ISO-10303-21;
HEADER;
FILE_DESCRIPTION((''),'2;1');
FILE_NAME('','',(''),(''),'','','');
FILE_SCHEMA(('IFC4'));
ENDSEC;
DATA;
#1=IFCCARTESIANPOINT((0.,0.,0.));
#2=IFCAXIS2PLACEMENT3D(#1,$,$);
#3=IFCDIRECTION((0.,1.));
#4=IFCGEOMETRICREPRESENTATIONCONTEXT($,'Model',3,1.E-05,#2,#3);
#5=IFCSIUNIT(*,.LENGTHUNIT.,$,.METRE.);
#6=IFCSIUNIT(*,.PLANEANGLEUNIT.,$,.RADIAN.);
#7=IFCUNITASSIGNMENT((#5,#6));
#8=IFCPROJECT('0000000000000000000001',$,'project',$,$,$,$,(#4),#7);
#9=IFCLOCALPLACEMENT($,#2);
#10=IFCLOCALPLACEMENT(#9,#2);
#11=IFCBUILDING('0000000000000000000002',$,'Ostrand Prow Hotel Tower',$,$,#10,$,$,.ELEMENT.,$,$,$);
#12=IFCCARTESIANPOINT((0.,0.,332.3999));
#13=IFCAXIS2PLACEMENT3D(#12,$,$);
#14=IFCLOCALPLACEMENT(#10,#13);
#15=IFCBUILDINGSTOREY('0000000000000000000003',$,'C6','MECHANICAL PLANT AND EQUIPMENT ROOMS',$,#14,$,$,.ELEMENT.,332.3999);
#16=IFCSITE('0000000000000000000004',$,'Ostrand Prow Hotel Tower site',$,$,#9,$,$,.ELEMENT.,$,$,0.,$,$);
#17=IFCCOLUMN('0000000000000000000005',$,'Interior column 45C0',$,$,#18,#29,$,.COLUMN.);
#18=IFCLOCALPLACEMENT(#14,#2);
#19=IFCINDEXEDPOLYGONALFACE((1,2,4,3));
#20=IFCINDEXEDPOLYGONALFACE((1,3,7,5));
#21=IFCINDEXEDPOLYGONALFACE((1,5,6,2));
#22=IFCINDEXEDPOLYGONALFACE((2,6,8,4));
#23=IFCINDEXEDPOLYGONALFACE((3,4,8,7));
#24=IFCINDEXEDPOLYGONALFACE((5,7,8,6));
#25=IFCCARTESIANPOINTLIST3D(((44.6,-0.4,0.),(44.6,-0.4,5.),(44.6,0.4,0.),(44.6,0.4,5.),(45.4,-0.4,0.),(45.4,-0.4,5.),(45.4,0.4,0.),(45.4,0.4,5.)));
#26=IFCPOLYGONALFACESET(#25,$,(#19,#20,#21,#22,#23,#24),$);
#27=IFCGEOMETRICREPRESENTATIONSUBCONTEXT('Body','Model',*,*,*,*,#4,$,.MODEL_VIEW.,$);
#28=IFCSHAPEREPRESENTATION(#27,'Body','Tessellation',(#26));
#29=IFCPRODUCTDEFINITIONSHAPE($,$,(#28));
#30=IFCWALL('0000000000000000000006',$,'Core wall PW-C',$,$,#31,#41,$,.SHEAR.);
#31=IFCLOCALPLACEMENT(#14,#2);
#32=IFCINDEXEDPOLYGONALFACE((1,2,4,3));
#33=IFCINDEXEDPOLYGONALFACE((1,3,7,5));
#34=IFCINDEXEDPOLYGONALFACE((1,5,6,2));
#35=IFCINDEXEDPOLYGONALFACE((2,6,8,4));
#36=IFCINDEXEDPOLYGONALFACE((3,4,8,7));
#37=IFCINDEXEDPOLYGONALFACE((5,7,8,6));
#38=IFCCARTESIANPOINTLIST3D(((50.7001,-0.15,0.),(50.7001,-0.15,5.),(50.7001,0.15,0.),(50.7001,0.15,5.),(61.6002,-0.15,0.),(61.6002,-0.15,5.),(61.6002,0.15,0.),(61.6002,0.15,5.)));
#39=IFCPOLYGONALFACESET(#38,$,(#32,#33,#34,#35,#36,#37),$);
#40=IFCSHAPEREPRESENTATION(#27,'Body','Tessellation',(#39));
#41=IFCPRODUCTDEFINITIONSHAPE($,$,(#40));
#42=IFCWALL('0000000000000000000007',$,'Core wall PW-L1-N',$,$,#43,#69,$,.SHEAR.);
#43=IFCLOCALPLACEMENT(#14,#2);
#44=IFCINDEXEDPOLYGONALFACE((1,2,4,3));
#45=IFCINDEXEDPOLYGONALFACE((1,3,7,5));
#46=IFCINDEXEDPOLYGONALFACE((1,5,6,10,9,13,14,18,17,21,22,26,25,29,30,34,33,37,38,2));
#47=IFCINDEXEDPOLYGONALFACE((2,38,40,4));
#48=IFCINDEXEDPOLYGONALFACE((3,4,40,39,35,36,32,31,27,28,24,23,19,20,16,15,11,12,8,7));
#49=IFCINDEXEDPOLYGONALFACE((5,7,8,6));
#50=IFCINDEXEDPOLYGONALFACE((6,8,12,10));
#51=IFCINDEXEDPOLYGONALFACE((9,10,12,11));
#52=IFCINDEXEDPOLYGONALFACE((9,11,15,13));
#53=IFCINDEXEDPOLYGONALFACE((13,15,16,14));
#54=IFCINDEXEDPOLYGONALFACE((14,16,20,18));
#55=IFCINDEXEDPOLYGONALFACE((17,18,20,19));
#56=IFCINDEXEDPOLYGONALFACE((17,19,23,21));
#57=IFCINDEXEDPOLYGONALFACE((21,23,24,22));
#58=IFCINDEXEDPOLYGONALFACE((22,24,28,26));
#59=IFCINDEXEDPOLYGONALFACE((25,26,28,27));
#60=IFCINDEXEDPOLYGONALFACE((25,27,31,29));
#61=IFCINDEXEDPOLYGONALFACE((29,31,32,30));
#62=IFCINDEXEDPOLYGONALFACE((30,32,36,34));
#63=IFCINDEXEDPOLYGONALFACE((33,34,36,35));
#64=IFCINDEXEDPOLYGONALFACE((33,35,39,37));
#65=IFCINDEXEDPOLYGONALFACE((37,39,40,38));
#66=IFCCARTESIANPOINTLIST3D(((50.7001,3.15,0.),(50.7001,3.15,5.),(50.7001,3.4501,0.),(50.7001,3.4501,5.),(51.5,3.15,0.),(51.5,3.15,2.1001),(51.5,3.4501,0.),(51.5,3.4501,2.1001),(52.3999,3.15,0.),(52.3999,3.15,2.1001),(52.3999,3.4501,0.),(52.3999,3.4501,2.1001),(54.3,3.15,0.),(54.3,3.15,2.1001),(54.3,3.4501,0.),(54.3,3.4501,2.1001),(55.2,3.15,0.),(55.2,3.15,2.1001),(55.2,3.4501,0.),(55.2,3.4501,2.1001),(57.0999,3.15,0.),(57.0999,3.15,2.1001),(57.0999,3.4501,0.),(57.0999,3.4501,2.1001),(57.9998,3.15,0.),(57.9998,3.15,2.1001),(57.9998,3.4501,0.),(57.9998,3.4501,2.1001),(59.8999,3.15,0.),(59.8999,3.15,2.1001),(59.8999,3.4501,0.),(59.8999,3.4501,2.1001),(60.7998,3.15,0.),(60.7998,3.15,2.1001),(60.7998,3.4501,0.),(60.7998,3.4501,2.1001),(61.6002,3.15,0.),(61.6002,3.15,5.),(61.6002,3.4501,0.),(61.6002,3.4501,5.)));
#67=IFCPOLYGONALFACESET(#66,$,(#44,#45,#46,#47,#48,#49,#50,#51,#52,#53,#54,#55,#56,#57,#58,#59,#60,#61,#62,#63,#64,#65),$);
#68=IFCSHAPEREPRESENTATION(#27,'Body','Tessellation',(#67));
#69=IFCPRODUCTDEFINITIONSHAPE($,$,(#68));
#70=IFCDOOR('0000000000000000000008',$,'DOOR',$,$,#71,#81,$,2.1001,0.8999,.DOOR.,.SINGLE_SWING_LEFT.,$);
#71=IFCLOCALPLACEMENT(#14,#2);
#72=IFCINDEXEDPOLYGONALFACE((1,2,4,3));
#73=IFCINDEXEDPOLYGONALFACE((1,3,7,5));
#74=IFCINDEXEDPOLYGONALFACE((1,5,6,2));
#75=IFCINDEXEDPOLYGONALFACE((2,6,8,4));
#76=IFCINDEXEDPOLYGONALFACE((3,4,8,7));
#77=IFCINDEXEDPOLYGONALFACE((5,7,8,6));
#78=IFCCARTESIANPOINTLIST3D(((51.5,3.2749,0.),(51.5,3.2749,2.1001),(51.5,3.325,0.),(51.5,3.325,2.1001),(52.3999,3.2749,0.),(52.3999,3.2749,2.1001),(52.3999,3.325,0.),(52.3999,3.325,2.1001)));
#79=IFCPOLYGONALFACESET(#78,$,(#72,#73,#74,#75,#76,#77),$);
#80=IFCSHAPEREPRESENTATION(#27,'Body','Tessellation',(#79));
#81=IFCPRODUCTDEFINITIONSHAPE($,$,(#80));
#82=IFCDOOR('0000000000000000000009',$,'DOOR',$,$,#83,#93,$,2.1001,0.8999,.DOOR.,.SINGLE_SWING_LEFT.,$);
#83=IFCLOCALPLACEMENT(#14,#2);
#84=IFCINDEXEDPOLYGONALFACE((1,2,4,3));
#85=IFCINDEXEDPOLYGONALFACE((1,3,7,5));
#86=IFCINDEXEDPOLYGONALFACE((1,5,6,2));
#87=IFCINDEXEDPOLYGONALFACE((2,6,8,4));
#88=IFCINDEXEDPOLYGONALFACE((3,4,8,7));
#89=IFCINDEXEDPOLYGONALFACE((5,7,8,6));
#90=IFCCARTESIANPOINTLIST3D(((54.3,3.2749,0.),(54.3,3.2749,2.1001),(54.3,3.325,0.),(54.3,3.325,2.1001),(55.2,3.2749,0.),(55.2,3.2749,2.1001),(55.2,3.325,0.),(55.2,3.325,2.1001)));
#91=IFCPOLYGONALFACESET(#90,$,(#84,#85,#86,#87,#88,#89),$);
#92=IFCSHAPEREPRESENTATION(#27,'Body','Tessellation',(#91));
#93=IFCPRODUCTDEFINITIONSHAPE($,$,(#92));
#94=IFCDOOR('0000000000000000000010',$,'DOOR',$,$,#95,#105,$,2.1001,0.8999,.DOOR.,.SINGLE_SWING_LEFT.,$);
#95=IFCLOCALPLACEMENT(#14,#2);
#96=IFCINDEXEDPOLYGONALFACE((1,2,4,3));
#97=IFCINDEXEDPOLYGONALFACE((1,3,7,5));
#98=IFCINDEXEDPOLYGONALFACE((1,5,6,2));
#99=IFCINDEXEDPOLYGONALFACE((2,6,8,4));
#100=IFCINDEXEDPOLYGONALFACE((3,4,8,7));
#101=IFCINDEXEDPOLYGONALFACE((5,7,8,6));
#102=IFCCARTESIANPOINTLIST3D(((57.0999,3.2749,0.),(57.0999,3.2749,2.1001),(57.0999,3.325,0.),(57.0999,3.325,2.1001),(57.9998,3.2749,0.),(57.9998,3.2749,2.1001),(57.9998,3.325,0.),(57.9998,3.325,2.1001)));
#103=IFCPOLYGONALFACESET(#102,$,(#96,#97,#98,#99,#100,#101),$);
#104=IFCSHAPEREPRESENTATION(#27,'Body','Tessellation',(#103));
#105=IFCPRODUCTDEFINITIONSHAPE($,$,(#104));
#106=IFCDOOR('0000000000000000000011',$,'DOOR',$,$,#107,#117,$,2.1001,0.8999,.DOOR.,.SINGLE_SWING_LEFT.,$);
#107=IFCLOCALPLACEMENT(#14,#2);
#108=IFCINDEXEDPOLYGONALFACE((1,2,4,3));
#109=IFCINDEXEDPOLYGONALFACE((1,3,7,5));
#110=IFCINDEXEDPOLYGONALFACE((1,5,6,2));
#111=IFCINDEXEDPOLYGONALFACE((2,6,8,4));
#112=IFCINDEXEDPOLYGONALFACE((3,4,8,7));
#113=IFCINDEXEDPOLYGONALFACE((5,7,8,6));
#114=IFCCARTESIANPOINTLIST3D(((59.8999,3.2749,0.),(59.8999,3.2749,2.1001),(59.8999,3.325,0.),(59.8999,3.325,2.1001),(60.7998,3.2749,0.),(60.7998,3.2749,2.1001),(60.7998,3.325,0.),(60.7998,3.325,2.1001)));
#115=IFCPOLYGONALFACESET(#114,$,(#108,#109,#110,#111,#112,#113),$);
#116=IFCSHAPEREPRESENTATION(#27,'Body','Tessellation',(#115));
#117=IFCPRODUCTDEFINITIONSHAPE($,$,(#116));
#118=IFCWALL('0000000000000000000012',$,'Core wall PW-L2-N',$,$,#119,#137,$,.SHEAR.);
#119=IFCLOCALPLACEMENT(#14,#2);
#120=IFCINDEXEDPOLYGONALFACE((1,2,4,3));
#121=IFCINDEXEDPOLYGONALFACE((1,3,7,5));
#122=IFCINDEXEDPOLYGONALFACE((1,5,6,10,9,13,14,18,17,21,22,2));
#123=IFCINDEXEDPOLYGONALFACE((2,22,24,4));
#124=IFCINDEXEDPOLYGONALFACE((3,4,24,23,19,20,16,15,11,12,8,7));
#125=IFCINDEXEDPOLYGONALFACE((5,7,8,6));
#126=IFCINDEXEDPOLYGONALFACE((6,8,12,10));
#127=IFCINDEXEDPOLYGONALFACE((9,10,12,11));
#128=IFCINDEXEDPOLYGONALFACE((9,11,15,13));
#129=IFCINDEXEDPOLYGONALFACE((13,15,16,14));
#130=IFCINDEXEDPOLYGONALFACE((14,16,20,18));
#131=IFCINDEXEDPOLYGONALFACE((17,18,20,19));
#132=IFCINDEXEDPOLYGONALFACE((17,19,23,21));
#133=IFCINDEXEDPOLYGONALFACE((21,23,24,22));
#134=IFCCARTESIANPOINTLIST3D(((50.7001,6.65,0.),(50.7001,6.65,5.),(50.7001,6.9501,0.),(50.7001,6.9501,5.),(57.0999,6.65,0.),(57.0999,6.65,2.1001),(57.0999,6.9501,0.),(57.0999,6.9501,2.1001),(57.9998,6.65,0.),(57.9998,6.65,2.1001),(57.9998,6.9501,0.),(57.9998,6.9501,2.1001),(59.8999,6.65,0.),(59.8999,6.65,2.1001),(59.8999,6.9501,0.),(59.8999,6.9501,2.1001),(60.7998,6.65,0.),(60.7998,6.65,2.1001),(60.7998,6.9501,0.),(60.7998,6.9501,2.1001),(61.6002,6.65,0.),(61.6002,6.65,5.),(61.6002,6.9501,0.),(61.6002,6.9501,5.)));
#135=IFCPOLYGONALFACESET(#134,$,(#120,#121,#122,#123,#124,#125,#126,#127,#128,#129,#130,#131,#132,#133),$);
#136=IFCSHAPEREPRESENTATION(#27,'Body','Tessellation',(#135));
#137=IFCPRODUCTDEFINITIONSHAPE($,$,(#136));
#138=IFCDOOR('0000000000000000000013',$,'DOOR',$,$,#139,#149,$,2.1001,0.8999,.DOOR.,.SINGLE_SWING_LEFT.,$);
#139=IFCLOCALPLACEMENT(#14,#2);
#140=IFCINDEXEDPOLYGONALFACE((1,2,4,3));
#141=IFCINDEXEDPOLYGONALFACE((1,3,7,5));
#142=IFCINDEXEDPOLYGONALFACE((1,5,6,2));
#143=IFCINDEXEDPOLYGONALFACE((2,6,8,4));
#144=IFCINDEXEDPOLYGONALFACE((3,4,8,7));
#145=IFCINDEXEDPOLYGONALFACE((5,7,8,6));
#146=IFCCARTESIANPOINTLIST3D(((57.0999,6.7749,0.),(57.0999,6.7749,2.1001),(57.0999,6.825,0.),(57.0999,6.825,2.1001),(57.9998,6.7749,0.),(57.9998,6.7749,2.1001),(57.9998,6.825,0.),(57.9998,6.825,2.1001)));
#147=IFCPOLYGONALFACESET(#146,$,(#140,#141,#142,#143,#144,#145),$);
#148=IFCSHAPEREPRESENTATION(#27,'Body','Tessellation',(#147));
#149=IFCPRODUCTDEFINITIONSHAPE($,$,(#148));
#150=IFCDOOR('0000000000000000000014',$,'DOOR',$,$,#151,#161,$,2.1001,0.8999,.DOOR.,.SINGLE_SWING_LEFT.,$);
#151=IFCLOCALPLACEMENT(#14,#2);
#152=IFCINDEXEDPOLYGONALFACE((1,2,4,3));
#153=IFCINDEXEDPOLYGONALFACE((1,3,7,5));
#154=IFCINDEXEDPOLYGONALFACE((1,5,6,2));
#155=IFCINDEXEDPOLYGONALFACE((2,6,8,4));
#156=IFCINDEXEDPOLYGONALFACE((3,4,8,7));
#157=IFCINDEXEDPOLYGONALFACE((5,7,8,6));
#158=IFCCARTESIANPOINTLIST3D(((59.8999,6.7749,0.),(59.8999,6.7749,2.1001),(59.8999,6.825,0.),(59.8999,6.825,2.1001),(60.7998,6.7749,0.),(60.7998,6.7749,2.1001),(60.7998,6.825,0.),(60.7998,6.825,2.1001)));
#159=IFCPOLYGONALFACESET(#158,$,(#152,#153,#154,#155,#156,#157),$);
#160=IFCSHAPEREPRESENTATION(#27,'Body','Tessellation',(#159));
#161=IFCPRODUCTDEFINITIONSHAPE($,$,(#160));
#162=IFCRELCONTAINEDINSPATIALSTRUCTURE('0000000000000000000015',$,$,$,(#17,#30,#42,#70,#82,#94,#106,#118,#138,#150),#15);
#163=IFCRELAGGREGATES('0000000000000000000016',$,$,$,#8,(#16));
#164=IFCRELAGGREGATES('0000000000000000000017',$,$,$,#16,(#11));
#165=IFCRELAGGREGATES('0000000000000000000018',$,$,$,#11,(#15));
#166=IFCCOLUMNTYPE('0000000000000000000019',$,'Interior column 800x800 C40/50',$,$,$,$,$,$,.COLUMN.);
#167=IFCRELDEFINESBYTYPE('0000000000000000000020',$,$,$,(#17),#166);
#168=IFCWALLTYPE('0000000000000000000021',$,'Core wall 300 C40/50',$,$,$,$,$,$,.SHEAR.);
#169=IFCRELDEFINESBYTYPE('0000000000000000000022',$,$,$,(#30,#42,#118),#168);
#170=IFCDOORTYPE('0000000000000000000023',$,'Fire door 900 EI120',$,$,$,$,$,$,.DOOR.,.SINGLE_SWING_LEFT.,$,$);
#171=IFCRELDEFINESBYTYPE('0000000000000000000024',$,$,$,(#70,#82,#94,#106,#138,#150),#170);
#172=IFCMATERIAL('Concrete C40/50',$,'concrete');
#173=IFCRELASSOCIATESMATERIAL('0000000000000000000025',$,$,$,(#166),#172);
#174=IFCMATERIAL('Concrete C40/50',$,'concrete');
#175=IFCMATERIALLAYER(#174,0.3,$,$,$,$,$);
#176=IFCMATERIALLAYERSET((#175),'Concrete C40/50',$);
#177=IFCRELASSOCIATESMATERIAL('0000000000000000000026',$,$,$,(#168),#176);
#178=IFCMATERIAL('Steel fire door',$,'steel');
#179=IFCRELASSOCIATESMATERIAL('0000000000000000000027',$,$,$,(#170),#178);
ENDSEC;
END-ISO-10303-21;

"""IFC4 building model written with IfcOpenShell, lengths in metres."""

from ifc_helpers import new_model, si_unit, direction, frame, frame_2d, origin, origin_2d, place, context, subcontext, project, spatial, rectangle, extrude, material, layer, layer_set, material_profile, profile_set, type_object, element, fill, save


model = new_model("IFC4")

# Units and contexts
model_context = context("Model", 3, precision=1e-05, world=origin(), true_north=direction((0.0, 1.0)))
body_context = subcontext(model_context, "Body", "Model", "MODEL_VIEW")
ifc_project = project(units=[si_unit("LENGTHUNIT", "METRE"), si_unit("PLANEANGLEUNIT", "RADIAN")], contexts=[model_context])

# Site, building, storey
site_placement = place(None, origin())
site = spatial("IfcSite", under=ifc_project, at=site_placement, Name="Ostrand Prow Hotel Tower site", CompositionType="ELEMENT", RefElevation=0.0)
building_placement = place(site_placement, origin())
building = spatial("IfcBuilding", under=site, at=building_placement, Name="Ostrand Prow Hotel Tower", CompositionType="ELEMENT")
storey_placement = place(building_placement, frame((0.0, 0.0, 332.3999)))
storey = spatial("IfcBuildingStorey", under=building, at=storey_placement, Name="C6", Description="MECHANICAL PLANT AND EQUIPMENT ROOMS", CompositionType="ELEMENT", Elevation=332.3999)

# Column
ifc_material_1 = material(Name="Concrete C40/50", Category="concrete")
ifc_material_profile = material_profile(ifc_material_1, rectangle(XDim=0.8, YDim=0.8, at=origin_2d()), Name="RC 800x800")
ifc_profile_set = profile_set([ifc_material_profile], Name="Concrete C40/50")
column_type = type_object("IfcColumnType", Name="Interior column 800x800 C40/50", PredefinedType="COLUMN", material=ifc_profile_set)
column_placement = place(storey_placement, frame((45.0, 0.0, 0.0), z_axis=(0.0, 0.0, 1.0), x_axis=(1.0, 0.0, 0.0)))
element("IfcColumn", 1, at=column_placement, inside=storey, type_object=column_type, Name="Interior column 45C0", PredefinedType="COLUMN", context=body_context, shape_type="SweptSolid", body=[
    extrude(rectangle(XDim=0.8, YDim=0.8, at=origin_2d()), origin(), (0.0, 0.0, 1.0), 5.0),
])

# Wall
ifc_material_2 = material(Name="Concrete C40/50", Category="concrete")
ifc_layer_1 = layer(ifc_material_2, 0.3)
ifc_layer_set_1 = layer_set([ifc_layer_1], Name="Concrete C40/50")
wall_type_1 = type_object("IfcWallType", Name="Core wall 300 C40/50", PredefinedType="SHEAR", material=ifc_layer_set_1)
wall_1_placement = place(storey_placement, frame((50.7, 0.0, 0.0), z_axis=(0.0, 0.0, 1.0), x_axis=(1.0, 0.0, 0.0)))
element("IfcWall", 2, at=wall_1_placement, inside=storey, type_object=wall_type_1, Name="Core wall PW-C", PredefinedType="SHEAR", context=body_context, shape_type="SweptSolid", body=[
    extrude(rectangle(XDim=10.9001, YDim=0.3, at=frame_2d((5.4502, 0.0))), origin(), (0.0, 0.0, 1.0), 5.0),
])

# Walls, openings, doors
wall_2_placement = place(storey_placement, frame((50.7, 3.3, 0.0), z_axis=(0.0, 0.0, 1.0), x_axis=(1.0, 0.0, 0.0)))
wall_2 = element("IfcWall", 3, at=wall_2_placement, inside=storey, type_object=wall_type_1, Name="Core wall PW-L1-N", PredefinedType="SHEAR", context=body_context, shape_type="SweptSolid", body=[
    extrude(rectangle(XDim=10.9001, YDim=0.3, at=frame_2d((5.4502, 0.0))), origin(), (0.0, 0.0, 1.0), 5.0),
])
opening_1_placement = place(wall_2_placement, frame((0.8, 0.0, 0.0)))
opening_1 = element("IfcOpeningElement", 4, at=opening_1_placement, cuts=wall_2, PredefinedType="OPENING", context=body_context, shape_type="SweptSolid", body=[
    extrude(rectangle(XDim=0.8999, YDim=2.1001, at=frame_2d((0.45, 1.05))), frame((0.0, 0.1599, 0.0), z_axis=(0.0, -1.0, 0.0), x_axis=(1.0, 0.0, 0.0)), (0.0, 0.0, 1.0), 0.3201),
])
opening_2_placement = place(wall_2_placement, frame((3.6001, 0.0, 0.0)))
opening_2 = element("IfcOpeningElement", 5, at=opening_2_placement, cuts=wall_2, PredefinedType="OPENING", context=body_context, shape_type="SweptSolid", body=[
    extrude(rectangle(XDim=0.8999, YDim=2.1001, at=frame_2d((0.45, 1.05))), frame((0.0, 0.1599, 0.0), z_axis=(0.0, -1.0, 0.0), x_axis=(1.0, 0.0, 0.0)), (0.0, 0.0, 1.0), 0.3201),
])
opening_3_placement = place(wall_2_placement, frame((6.3999, 0.0, 0.0)))
opening_3 = element("IfcOpeningElement", 6, at=opening_3_placement, cuts=wall_2, PredefinedType="OPENING", context=body_context, shape_type="SweptSolid", body=[
    extrude(rectangle(XDim=0.8999, YDim=2.1001, at=frame_2d((0.45, 1.05))), frame((0.0, 0.1599, 0.0), z_axis=(0.0, -1.0, 0.0), x_axis=(1.0, 0.0, 0.0)), (0.0, 0.0, 1.0), 0.3201),
])
opening_4_placement = place(wall_2_placement, frame((9.2, 0.0, 0.0)))
opening_4 = element("IfcOpeningElement", 7, at=opening_4_placement, cuts=wall_2, PredefinedType="OPENING", context=body_context, shape_type="SweptSolid", body=[
    extrude(rectangle(XDim=0.8999, YDim=2.1001, at=frame_2d((0.45, 1.05))), frame((0.0, 0.1599, 0.0), z_axis=(0.0, -1.0, 0.0), x_axis=(1.0, 0.0, 0.0)), (0.0, 0.0, 1.0), 0.3201),
])
ifc_material_3 = material(Name="Steel fire door", Category="steel")
door_type_1 = type_object("IfcDoorType", Name="Fire door 900 EI120", OperationType="SINGLE_SWING_LEFT", PredefinedType="DOOR", material=ifc_material_3)
door_1_placement = place(opening_1_placement, origin())
door_1 = element("IfcDoor", 8, at=door_1_placement, inside=storey, type_object=door_type_1, Name="DOOR", OperationType="SINGLE_SWING_LEFT", OverallHeight=2.1001, OverallWidth=0.8999, PredefinedType="DOOR", context=body_context, shape_type="SweptSolid", body=[
    extrude(rectangle(XDim=0.8999, YDim=2.1001, at=frame_2d((0.45, 1.05))), frame((0.0, 0.0249, 0.0), z_axis=(0.0, -1.0, 0.0), x_axis=(1.0, 0.0, 0.0)), (0.0, 0.0, 1.0), 0.05),
])
fill(opening_1, door_1)
door_2_placement = place(opening_2_placement, origin())
door_2 = element("IfcDoor", 9, at=door_2_placement, inside=storey, type_object=door_type_1, Name="DOOR", OperationType="SINGLE_SWING_LEFT", OverallHeight=2.1001, OverallWidth=0.8999, PredefinedType="DOOR", context=body_context, shape_type="SweptSolid", body=[
    extrude(rectangle(XDim=0.8999, YDim=2.1001, at=frame_2d((0.45, 1.05))), frame((0.0, 0.0249, 0.0), z_axis=(0.0, -1.0, 0.0), x_axis=(1.0, 0.0, 0.0)), (0.0, 0.0, 1.0), 0.05),
])
fill(opening_2, door_2)
door_3_placement = place(opening_3_placement, origin())
door_3 = element("IfcDoor", 10, at=door_3_placement, inside=storey, type_object=door_type_1, Name="DOOR", OperationType="SINGLE_SWING_LEFT", OverallHeight=2.1001, OverallWidth=0.8999, PredefinedType="DOOR", context=body_context, shape_type="SweptSolid", body=[
    extrude(rectangle(XDim=0.8999, YDim=2.1001, at=frame_2d((0.45, 1.05))), frame((0.0, 0.0249, 0.0), z_axis=(0.0, -1.0, 0.0), x_axis=(1.0, 0.0, 0.0)), (0.0, 0.0, 1.0), 0.05),
])
fill(opening_3, door_3)
door_4_placement = place(opening_4_placement, origin())
door_4 = element("IfcDoor", 11, at=door_4_placement, inside=storey, type_object=door_type_1, Name="DOOR", OperationType="SINGLE_SWING_LEFT", OverallHeight=2.1001, OverallWidth=0.8999, PredefinedType="DOOR", context=body_context, shape_type="SweptSolid", body=[
    extrude(rectangle(XDim=0.8999, YDim=2.1001, at=frame_2d((0.45, 1.05))), frame((0.0, 0.0249, 0.0), z_axis=(0.0, -1.0, 0.0), x_axis=(1.0, 0.0, 0.0)), (0.0, 0.0, 1.0), 0.05),
])
fill(opening_4, door_4)
wall_3_placement = place(storey_placement, frame((50.7, 6.8, 0.0), z_axis=(0.0, 0.0, 1.0), x_axis=(1.0, 0.0, 0.0)))
wall_3 = element("IfcWall", 12, at=wall_3_placement, inside=storey, type_object=wall_type_1, Name="Core wall PW-L2-N", PredefinedType="SHEAR", context=body_context, shape_type="SweptSolid", body=[
    extrude(rectangle(XDim=10.9001, YDim=0.3, at=frame_2d((5.4502, 0.0))), origin(), (0.0, 0.0, 1.0), 5.0),
])
opening_5_placement = place(wall_3_placement, frame((6.3999, 0.0, 0.0)))
opening_5 = element("IfcOpeningElement", 13, at=opening_5_placement, cuts=wall_3, PredefinedType="OPENING", context=body_context, shape_type="SweptSolid", body=[
    extrude(rectangle(XDim=0.8999, YDim=2.1001, at=frame_2d((0.45, 1.05))), frame((0.0, 0.1599, 0.0), z_axis=(0.0, -1.0, 0.0), x_axis=(1.0, 0.0, 0.0)), (0.0, 0.0, 1.0), 0.3201),
])
opening_6_placement = place(wall_3_placement, frame((9.2, 0.0, 0.0)))
opening_6 = element("IfcOpeningElement", 14, at=opening_6_placement, cuts=wall_3, PredefinedType="OPENING", context=body_context, shape_type="SweptSolid", body=[
    extrude(rectangle(XDim=0.8999, YDim=2.1001, at=frame_2d((0.45, 1.05))), frame((0.0, 0.1599, 0.0), z_axis=(0.0, -1.0, 0.0), x_axis=(1.0, 0.0, 0.0)), (0.0, 0.0, 1.0), 0.3201),
])
door_5_placement = place(opening_5_placement, origin())
door_5 = element("IfcDoor", 15, at=door_5_placement, inside=storey, type_object=door_type_1, Name="DOOR", OperationType="SINGLE_SWING_LEFT", OverallHeight=2.1001, OverallWidth=0.8999, PredefinedType="DOOR", context=body_context, shape_type="SweptSolid", body=[
    extrude(rectangle(XDim=0.8999, YDim=2.1001, at=frame_2d((0.45, 1.05))), frame((0.0, 0.0249, 0.0), z_axis=(0.0, -1.0, 0.0), x_axis=(1.0, 0.0, 0.0)), (0.0, 0.0, 1.0), 0.05),
])
fill(opening_5, door_5)
door_6_placement = place(opening_6_placement, origin())
door_6 = element("IfcDoor", 16, at=door_6_placement, inside=storey, type_object=door_type_1, Name="DOOR", OperationType="SINGLE_SWING_LEFT", OverallHeight=2.1001, OverallWidth=0.8999, PredefinedType="DOOR", context=body_context, shape_type="SweptSolid", body=[
    extrude(rectangle(XDim=0.8999, YDim=2.1001, at=frame_2d((0.45, 1.05))), frame((0.0, 0.0249, 0.0), z_axis=(0.0, -1.0, 0.0), x_axis=(1.0, 0.0, 0.0)), (0.0, 0.0, 1.0), 0.05),
])
fill(opening_6, door_6)

save(model, "model.ifc")
